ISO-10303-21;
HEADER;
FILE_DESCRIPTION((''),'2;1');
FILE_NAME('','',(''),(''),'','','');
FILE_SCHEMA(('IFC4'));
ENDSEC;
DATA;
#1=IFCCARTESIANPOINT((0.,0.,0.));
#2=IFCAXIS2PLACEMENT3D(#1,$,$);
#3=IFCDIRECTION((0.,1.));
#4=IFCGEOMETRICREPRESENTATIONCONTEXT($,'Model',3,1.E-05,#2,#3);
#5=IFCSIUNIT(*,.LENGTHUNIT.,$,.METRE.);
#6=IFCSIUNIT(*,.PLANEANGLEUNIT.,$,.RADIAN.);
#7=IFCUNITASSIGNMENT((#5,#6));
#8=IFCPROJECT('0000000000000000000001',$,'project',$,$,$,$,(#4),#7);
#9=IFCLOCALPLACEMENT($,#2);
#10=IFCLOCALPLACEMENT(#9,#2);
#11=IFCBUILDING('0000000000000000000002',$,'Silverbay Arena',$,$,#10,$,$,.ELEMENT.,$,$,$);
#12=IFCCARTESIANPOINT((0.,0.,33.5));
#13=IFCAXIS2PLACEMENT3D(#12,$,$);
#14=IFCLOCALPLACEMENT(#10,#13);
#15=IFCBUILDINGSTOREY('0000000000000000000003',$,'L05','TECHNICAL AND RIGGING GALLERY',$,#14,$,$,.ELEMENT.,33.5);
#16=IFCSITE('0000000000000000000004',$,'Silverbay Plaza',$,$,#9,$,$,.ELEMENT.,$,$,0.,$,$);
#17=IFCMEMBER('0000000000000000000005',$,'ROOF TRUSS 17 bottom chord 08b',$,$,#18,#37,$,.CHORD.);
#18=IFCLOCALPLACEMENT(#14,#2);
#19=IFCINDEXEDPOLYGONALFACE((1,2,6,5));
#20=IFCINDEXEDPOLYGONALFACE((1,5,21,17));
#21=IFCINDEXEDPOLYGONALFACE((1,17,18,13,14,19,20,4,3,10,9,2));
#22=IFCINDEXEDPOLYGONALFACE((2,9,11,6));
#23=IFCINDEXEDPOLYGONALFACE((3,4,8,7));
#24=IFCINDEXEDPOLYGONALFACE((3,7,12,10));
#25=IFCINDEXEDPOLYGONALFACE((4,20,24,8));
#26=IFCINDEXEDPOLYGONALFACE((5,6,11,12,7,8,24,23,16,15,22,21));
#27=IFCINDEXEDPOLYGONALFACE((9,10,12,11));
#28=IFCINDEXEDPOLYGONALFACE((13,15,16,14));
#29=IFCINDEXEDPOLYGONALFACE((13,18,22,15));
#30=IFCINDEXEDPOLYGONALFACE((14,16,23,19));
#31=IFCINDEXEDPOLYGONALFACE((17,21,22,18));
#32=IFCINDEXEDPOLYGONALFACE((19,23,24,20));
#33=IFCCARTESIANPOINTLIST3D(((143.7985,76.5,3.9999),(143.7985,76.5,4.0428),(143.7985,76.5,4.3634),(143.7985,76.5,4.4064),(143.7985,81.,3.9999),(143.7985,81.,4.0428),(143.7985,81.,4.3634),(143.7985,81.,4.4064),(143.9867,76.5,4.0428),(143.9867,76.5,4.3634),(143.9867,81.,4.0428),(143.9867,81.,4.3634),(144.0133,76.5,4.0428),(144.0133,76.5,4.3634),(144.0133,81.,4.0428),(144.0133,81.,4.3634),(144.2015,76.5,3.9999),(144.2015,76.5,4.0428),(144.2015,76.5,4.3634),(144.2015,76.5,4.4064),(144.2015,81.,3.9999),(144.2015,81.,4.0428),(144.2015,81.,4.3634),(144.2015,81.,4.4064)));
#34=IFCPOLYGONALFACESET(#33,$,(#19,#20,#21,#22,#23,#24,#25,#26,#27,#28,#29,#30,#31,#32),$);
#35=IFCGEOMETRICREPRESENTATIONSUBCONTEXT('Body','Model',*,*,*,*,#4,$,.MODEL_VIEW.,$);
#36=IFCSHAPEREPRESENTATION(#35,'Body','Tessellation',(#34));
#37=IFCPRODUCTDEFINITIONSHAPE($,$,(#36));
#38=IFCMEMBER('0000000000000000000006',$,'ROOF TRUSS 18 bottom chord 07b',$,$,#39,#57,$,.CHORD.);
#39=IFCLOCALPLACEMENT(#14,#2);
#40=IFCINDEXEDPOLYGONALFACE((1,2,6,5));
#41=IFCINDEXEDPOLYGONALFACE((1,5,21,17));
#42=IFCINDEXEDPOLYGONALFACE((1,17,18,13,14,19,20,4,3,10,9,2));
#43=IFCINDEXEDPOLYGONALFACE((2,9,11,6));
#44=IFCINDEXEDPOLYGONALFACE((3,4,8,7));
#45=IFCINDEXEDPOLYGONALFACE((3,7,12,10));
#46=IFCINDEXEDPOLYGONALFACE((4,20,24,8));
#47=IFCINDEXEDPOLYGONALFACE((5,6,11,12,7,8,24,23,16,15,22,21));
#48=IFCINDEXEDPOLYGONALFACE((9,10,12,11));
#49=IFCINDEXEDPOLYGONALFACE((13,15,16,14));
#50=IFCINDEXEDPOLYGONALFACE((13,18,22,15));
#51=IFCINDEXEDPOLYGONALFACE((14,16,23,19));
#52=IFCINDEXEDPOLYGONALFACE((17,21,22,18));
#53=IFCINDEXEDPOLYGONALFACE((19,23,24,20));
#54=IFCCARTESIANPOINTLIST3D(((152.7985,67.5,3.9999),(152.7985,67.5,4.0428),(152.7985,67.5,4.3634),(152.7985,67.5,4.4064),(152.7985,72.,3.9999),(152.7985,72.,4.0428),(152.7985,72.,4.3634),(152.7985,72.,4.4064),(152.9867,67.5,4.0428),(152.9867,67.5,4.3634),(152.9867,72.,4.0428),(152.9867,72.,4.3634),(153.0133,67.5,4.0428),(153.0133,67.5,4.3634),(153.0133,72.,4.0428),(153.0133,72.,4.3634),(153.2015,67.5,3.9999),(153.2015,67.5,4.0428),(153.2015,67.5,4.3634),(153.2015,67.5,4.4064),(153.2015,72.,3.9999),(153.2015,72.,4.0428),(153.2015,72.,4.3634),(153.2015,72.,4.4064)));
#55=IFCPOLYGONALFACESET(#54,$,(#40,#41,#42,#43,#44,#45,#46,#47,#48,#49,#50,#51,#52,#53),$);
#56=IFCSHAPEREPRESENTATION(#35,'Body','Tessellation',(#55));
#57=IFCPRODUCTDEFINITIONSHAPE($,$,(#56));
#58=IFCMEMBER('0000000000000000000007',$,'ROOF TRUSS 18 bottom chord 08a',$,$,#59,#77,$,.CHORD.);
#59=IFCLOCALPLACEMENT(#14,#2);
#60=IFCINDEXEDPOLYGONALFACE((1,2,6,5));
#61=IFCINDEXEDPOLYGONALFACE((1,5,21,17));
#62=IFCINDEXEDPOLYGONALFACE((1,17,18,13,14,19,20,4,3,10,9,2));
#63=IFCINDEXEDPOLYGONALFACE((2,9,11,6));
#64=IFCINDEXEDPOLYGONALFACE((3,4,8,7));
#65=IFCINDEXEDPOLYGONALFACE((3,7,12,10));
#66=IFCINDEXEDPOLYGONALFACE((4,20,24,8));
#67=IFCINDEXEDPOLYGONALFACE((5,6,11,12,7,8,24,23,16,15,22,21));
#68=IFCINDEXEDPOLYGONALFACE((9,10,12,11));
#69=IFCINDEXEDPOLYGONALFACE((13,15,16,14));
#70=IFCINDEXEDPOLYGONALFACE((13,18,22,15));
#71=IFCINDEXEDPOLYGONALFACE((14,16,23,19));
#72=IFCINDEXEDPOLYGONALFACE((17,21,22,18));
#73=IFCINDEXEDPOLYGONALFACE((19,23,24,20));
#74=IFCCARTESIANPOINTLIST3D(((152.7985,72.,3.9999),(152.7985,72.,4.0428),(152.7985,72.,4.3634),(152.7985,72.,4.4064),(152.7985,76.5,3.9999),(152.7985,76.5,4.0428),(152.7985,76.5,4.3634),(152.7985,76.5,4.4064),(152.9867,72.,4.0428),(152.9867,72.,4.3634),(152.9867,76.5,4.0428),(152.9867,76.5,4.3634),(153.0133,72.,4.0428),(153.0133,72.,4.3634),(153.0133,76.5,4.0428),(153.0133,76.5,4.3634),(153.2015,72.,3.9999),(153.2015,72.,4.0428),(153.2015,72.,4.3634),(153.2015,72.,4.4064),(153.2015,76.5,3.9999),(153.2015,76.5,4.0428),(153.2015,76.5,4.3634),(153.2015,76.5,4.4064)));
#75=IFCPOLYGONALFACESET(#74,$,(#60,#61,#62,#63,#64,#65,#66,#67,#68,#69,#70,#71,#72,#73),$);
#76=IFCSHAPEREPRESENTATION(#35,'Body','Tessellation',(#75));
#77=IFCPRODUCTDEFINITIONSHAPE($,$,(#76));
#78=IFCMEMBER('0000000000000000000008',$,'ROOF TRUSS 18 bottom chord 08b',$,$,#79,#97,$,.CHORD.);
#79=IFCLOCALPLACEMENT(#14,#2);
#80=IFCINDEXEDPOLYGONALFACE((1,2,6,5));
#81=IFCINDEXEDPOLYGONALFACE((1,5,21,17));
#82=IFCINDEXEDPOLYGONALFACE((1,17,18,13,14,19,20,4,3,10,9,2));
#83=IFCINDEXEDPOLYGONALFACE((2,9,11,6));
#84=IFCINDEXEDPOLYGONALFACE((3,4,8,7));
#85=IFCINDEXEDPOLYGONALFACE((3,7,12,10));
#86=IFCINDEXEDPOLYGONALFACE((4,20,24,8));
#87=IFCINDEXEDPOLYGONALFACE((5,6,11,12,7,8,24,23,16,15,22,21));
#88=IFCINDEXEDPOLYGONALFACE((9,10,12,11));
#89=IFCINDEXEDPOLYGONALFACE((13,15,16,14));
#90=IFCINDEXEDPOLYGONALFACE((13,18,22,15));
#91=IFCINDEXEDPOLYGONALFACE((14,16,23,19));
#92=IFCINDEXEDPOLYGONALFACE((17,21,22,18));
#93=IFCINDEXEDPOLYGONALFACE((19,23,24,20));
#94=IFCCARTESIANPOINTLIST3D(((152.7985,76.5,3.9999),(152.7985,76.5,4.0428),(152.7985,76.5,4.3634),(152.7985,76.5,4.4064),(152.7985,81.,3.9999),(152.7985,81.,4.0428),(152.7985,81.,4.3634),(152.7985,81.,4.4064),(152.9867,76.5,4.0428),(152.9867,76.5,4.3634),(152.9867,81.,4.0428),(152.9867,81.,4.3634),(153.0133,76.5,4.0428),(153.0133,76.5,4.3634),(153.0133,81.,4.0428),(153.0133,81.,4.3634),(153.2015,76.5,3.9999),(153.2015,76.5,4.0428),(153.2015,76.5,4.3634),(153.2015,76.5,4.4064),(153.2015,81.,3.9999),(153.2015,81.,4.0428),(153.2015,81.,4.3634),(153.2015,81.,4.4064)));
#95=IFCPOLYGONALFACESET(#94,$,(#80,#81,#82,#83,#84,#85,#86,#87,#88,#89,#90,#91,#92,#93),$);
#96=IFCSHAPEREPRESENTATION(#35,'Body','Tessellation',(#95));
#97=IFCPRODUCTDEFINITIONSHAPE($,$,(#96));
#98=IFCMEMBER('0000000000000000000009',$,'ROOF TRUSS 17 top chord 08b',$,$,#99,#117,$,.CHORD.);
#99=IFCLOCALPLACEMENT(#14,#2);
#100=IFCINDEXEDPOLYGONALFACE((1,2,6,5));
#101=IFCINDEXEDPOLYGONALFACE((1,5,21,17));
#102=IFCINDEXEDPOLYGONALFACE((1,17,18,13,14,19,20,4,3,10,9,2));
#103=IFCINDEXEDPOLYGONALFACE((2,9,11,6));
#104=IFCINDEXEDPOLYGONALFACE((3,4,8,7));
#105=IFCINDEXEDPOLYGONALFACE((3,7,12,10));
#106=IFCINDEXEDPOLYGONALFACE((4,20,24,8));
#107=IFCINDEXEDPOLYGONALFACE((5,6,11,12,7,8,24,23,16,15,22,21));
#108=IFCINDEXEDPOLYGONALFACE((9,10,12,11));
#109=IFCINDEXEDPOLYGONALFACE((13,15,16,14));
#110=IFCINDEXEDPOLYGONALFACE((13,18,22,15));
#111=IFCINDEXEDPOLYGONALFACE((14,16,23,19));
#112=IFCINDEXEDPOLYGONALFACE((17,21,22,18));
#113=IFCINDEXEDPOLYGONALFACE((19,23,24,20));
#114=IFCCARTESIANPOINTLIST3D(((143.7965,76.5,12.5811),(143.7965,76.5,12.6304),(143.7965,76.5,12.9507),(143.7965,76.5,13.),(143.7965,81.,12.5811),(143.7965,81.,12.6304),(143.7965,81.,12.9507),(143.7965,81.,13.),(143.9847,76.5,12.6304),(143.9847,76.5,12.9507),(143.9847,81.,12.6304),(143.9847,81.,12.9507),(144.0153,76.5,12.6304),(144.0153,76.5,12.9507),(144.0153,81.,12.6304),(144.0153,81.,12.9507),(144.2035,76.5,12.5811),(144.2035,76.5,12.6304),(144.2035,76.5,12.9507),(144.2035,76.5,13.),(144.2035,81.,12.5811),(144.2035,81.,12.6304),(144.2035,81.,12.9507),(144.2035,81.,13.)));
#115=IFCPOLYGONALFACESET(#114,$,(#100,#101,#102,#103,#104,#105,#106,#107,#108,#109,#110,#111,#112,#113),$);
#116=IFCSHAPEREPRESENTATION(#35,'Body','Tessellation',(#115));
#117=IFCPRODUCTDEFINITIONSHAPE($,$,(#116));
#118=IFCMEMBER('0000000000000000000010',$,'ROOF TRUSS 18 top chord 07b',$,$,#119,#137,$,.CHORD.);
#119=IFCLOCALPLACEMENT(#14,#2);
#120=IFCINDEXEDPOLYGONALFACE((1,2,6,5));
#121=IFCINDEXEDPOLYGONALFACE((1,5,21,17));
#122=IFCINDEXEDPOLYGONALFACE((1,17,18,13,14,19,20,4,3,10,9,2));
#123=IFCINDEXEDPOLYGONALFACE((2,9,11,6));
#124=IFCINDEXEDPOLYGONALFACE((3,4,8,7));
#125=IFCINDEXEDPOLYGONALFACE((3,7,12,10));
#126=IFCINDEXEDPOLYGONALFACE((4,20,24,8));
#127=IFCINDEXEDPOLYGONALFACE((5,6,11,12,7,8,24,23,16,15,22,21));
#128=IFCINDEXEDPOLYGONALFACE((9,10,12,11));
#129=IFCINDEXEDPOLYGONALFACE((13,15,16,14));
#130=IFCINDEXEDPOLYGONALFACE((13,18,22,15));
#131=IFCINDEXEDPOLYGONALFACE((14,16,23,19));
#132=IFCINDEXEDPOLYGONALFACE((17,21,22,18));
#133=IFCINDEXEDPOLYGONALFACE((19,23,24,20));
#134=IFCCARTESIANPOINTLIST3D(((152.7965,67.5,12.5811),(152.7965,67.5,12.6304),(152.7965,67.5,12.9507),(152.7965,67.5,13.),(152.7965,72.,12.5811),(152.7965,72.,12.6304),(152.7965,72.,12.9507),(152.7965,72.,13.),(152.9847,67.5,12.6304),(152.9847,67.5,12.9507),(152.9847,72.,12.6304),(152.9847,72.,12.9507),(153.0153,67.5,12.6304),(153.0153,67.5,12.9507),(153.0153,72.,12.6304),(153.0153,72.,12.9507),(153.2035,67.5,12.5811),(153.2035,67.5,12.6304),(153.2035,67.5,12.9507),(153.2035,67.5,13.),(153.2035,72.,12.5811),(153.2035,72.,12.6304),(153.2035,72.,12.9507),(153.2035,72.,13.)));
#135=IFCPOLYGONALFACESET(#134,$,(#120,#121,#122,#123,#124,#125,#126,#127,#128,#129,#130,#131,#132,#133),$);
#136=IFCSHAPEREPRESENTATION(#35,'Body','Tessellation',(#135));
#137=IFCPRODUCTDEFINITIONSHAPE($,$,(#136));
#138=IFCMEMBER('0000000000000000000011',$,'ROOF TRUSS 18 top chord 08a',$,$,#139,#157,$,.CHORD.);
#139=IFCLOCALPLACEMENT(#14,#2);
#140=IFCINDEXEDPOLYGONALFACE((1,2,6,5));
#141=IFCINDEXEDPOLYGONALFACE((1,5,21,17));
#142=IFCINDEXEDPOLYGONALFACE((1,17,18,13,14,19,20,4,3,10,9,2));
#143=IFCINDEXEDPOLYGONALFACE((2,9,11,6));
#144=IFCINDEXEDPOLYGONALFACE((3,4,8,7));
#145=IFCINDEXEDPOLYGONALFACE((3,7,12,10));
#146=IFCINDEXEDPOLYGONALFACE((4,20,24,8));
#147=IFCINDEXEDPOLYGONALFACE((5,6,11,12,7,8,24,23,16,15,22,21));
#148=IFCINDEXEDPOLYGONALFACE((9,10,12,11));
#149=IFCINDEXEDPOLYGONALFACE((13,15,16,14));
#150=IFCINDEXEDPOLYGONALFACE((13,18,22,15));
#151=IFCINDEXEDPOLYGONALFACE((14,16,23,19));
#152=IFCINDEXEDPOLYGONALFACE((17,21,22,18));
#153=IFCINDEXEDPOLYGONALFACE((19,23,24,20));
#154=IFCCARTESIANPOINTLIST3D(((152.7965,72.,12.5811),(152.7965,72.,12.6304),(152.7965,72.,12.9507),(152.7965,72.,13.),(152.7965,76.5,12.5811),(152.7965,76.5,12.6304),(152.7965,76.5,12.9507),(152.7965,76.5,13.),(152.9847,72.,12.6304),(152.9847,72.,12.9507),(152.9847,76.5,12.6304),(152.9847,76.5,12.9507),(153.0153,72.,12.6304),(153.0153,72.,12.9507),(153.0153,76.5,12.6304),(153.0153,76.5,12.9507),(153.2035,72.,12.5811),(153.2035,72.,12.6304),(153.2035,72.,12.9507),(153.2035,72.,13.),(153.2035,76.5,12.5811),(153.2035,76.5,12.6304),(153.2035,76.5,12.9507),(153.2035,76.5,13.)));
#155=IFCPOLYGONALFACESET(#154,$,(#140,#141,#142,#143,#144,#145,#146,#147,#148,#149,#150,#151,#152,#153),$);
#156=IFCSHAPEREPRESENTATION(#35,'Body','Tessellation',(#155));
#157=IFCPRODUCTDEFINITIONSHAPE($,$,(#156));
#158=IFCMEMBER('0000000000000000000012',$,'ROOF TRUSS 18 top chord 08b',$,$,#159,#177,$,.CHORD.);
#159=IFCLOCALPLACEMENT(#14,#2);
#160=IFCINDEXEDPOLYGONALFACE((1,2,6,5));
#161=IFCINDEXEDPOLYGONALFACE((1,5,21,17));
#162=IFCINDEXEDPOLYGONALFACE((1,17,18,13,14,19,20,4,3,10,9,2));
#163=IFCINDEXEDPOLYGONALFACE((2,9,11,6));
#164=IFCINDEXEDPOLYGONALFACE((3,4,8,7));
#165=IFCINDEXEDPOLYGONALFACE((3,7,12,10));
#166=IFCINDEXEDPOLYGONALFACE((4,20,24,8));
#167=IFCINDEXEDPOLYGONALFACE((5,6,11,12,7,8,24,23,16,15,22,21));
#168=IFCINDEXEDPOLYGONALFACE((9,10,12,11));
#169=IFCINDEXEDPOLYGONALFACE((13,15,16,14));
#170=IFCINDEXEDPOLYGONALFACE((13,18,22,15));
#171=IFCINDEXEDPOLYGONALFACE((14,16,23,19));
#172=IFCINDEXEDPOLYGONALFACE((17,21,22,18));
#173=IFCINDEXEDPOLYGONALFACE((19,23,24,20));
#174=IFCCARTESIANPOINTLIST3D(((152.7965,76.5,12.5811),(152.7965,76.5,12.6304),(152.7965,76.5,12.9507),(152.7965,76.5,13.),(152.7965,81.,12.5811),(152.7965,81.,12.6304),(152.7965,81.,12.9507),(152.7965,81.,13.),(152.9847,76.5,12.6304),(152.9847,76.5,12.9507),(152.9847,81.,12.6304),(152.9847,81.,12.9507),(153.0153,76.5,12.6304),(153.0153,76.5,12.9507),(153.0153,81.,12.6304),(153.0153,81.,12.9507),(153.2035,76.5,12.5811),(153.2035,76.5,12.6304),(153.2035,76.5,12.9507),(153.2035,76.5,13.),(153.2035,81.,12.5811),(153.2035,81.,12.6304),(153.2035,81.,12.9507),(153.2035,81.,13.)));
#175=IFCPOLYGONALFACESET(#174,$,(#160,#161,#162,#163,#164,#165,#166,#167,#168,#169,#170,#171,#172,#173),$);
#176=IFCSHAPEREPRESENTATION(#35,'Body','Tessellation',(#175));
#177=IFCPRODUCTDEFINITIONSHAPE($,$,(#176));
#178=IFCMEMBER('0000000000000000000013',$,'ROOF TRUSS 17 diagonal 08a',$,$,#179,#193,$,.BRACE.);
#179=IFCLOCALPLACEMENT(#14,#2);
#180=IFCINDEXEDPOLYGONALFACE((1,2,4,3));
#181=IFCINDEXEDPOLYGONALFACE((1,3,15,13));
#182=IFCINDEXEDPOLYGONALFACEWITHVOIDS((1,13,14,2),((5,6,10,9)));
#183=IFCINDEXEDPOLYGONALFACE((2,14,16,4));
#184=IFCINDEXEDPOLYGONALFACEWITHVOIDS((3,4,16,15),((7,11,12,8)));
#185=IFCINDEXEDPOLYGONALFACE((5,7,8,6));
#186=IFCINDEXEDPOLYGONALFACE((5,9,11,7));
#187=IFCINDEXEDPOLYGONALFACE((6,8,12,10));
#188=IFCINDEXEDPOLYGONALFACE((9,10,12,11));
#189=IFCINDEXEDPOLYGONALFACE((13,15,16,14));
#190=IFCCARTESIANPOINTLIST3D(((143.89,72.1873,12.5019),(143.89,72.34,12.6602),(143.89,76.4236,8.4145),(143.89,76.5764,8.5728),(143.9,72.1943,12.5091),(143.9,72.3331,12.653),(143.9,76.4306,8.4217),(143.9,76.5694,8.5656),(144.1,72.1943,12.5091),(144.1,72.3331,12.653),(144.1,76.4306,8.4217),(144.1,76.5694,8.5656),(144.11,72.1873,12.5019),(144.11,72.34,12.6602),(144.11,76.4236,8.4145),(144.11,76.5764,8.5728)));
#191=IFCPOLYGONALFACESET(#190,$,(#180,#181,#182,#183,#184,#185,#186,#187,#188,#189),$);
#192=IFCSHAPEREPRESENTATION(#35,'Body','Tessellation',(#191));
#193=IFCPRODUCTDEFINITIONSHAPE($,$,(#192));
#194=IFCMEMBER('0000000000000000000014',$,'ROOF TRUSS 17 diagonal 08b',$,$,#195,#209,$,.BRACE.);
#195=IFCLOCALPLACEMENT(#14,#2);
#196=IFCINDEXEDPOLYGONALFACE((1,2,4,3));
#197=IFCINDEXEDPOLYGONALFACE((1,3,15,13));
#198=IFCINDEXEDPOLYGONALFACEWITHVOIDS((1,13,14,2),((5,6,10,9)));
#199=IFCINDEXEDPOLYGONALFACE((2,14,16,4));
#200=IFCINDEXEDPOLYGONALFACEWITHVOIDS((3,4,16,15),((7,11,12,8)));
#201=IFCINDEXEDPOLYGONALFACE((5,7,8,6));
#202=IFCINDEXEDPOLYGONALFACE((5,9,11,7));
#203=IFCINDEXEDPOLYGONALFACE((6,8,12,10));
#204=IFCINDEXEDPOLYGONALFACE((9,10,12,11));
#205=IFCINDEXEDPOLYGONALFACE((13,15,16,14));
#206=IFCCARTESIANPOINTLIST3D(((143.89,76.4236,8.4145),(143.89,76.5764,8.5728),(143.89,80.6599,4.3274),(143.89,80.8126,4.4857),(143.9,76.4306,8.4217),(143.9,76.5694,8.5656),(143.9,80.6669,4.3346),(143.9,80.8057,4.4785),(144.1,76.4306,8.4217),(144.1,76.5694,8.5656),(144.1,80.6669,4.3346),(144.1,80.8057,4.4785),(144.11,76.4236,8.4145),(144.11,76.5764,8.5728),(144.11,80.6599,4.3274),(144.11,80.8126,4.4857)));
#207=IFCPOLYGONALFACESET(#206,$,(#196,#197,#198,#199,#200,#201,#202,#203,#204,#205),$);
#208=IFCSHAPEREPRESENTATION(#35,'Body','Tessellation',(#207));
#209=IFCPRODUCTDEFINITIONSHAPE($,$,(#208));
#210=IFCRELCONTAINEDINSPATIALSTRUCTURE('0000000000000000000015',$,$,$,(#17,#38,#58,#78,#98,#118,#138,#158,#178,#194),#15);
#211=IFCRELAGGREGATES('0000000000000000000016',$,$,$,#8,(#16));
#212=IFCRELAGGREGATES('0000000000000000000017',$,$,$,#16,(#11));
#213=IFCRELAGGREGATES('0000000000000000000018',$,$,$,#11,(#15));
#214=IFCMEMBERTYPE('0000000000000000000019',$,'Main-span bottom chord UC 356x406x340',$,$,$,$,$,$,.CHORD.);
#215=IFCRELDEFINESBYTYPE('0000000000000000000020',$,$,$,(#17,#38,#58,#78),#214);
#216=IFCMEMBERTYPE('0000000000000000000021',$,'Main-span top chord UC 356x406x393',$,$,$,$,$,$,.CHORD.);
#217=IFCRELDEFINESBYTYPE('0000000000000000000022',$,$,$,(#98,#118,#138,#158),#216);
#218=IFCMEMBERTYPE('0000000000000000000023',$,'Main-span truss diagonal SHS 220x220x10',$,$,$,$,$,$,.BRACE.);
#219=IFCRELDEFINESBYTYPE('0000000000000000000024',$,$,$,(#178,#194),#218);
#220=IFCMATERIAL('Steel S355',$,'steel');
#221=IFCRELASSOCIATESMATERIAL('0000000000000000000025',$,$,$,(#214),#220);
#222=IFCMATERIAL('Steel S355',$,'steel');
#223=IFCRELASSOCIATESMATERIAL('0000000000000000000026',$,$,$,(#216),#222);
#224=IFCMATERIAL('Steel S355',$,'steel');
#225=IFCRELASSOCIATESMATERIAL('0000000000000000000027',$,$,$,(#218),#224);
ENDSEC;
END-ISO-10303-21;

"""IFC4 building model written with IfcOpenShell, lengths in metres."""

from ifc_helpers import new_model, si_unit, direction, frame, origin, origin_2d, place, context, subcontext, project, spatial, hollow_rectangle, i_section, extrude, material, material_profile, profile_set, type_object, element, save


model = new_model("IFC4")

# Units and contexts
model_context = context("Model", 3, precision=1e-05, world=origin(), true_north=direction((0.0, 1.0)))
body_context = subcontext(model_context, "Body", "Model", "MODEL_VIEW")
ifc_project = project(units=[si_unit("LENGTHUNIT", "METRE"), si_unit("PLANEANGLEUNIT", "RADIAN")], contexts=[model_context])

# Site, building, storey
site_placement = place(None, origin())
site = spatial("IfcSite", under=ifc_project, at=site_placement, Name="Silverbay Plaza", CompositionType="ELEMENT", RefElevation=0.0)
building_placement = place(site_placement, origin())
building = spatial("IfcBuilding", under=site, at=building_placement, Name="Silverbay Arena", CompositionType="ELEMENT")
storey_placement = place(building_placement, frame((0.0, 0.0, 33.5)))
storey = spatial("IfcBuildingStorey", under=building, at=storey_placement, Name="L05", Description="TECHNICAL AND RIGGING GALLERY", CompositionType="ELEMENT", Elevation=33.5)

# Members
ifc_material_1 = material(Name="Steel S355", Category="steel")
ifc_material_profile_1 = material_profile(ifc_material_1, i_section(OverallWidth=0.4031, OverallDepth=0.4065, WebThickness=0.0266, FlangeThickness=0.043, at=origin_2d()), Name="UC 356x406x340")
ifc_profile_set_1 = profile_set([ifc_material_profile_1], Name="Steel S355")
member_type_1 = type_object("IfcMemberType", Name="Main-span bottom chord UC 356x406x340", PredefinedType="CHORD", material=ifc_profile_set_1)
for number, where, z_axis, x_axis, name in (
    (1, (144.0, 76.5, 4.2031), (0.0, 1.0, 0.0), (-1.0, 0.0, 0.0), "ROOF TRUSS 17 bottom chord 08b"),
    (2, (153.0, 67.5, 4.2031), (0.0, 1.0, 0.0), (-1.0, 0.0, 0.0), "ROOF TRUSS 18 bottom chord 07b"),
    (3, (153.0, 72.0, 4.2031), (0.0, 1.0, 0.0), (-1.0, 0.0, 0.0), "ROOF TRUSS 18 bottom chord 08a"),
    (4, (153.0, 76.5, 4.2031), (0.0, 1.0, 0.0), (-1.0, 0.0, 0.0), "ROOF TRUSS 18 bottom chord 08b"),
):
    element("IfcMember", number, at=place(storey_placement, frame(where, z_axis=z_axis, x_axis=x_axis)), inside=storey, type_object=member_type_1, Name=name, PredefinedType="CHORD", context=body_context, shape_type="SweptSolid", body=[
        extrude(i_section(OverallWidth=0.4031, OverallDepth=0.4065, WebThickness=0.0266, FlangeThickness=0.043, at=origin_2d()), origin(), (0.0, 0.0, 1.0), 4.5),
    ])
ifc_material_2 = material(Name="Steel S355", Category="steel")
ifc_material_profile_2 = material_profile(ifc_material_2, i_section(OverallWidth=0.407, OverallDepth=0.4189, WebThickness=0.0305, FlangeThickness=0.0493, at=origin_2d()), Name="UC 356x406x393")
ifc_profile_set_2 = profile_set([ifc_material_profile_2], Name="Steel S355")
member_type_2 = type_object("IfcMemberType", Name="Main-span top chord UC 356x406x393", PredefinedType="CHORD", material=ifc_profile_set_2)
for number, where, z_axis, x_axis, name in (
    (5, (144.0, 76.5, 12.7905), (0.0, 1.0, 0.0), (-1.0, 0.0, 0.0), "ROOF TRUSS 17 top chord 08b"),
    (6, (153.0, 67.5, 12.7905), (0.0, 1.0, 0.0), (-1.0, 0.0, 0.0), "ROOF TRUSS 18 top chord 07b"),
    (7, (153.0, 72.0, 12.7905), (0.0, 1.0, 0.0), (-1.0, 0.0, 0.0), "ROOF TRUSS 18 top chord 08a"),
    (8, (153.0, 76.5, 12.7905), (0.0, 1.0, 0.0), (-1.0, 0.0, 0.0), "ROOF TRUSS 18 top chord 08b"),
):
    element("IfcMember", number, at=place(storey_placement, frame(where, z_axis=z_axis, x_axis=x_axis)), inside=storey, type_object=member_type_2, Name=name, PredefinedType="CHORD", context=body_context, shape_type="SweptSolid", body=[
        extrude(i_section(OverallWidth=0.407, OverallDepth=0.4189, WebThickness=0.0305, FlangeThickness=0.0493, at=origin_2d()), origin(), (0.0, 0.0, 1.0), 4.5),
    ])
ifc_material_3 = material(Name="Steel S355", Category="steel")
ifc_material_profile_3 = material_profile(ifc_material_3, hollow_rectangle(XDim=0.22, YDim=0.22, WallThickness=0.01, at=origin_2d()), Name="SHS 220x220x10")
ifc_profile_set_3 = profile_set([ifc_material_profile_3], Name="Steel S355")
member_type_3 = type_object("IfcMemberType", Name="Main-span truss diagonal SHS 220x220x10", PredefinedType="BRACE", material=ifc_profile_set_3)
member_1_placement = place(storey_placement, frame((144.0, 72.2637, 12.5811), z_axis=(0.0, 0.719643, -0.694344), x_axis=(-1.0, 0.0, 0.0)))
element("IfcMember", 9, at=member_1_placement, inside=storey, type_object=member_type_3, Name="ROOF TRUSS 17 diagonal 08a", PredefinedType="BRACE", context=body_context, shape_type="SweptSolid", body=[
    extrude(hollow_rectangle(XDim=0.22, YDim=0.22, WallThickness=0.01, at=origin_2d()), origin(), (0.0, 0.0, 1.0), 5.8867),
])
member_2_placement = place(storey_placement, frame((144.0, 76.5, 8.4937), z_axis=(0.0, 0.719664, -0.694323), x_axis=(-1.0, 0.0, 0.0)))
element("IfcMember", 10, at=member_2_placement, inside=storey, type_object=member_type_3, Name="ROOF TRUSS 17 diagonal 08b", PredefinedType="BRACE", context=body_context, shape_type="SweptSolid", body=[
    extrude(hollow_rectangle(XDim=0.22, YDim=0.22, WallThickness=0.01, at=origin_2d()), origin(), (0.0, 0.0, 1.0), 5.8865),
])

save(model, "model.ifc")
